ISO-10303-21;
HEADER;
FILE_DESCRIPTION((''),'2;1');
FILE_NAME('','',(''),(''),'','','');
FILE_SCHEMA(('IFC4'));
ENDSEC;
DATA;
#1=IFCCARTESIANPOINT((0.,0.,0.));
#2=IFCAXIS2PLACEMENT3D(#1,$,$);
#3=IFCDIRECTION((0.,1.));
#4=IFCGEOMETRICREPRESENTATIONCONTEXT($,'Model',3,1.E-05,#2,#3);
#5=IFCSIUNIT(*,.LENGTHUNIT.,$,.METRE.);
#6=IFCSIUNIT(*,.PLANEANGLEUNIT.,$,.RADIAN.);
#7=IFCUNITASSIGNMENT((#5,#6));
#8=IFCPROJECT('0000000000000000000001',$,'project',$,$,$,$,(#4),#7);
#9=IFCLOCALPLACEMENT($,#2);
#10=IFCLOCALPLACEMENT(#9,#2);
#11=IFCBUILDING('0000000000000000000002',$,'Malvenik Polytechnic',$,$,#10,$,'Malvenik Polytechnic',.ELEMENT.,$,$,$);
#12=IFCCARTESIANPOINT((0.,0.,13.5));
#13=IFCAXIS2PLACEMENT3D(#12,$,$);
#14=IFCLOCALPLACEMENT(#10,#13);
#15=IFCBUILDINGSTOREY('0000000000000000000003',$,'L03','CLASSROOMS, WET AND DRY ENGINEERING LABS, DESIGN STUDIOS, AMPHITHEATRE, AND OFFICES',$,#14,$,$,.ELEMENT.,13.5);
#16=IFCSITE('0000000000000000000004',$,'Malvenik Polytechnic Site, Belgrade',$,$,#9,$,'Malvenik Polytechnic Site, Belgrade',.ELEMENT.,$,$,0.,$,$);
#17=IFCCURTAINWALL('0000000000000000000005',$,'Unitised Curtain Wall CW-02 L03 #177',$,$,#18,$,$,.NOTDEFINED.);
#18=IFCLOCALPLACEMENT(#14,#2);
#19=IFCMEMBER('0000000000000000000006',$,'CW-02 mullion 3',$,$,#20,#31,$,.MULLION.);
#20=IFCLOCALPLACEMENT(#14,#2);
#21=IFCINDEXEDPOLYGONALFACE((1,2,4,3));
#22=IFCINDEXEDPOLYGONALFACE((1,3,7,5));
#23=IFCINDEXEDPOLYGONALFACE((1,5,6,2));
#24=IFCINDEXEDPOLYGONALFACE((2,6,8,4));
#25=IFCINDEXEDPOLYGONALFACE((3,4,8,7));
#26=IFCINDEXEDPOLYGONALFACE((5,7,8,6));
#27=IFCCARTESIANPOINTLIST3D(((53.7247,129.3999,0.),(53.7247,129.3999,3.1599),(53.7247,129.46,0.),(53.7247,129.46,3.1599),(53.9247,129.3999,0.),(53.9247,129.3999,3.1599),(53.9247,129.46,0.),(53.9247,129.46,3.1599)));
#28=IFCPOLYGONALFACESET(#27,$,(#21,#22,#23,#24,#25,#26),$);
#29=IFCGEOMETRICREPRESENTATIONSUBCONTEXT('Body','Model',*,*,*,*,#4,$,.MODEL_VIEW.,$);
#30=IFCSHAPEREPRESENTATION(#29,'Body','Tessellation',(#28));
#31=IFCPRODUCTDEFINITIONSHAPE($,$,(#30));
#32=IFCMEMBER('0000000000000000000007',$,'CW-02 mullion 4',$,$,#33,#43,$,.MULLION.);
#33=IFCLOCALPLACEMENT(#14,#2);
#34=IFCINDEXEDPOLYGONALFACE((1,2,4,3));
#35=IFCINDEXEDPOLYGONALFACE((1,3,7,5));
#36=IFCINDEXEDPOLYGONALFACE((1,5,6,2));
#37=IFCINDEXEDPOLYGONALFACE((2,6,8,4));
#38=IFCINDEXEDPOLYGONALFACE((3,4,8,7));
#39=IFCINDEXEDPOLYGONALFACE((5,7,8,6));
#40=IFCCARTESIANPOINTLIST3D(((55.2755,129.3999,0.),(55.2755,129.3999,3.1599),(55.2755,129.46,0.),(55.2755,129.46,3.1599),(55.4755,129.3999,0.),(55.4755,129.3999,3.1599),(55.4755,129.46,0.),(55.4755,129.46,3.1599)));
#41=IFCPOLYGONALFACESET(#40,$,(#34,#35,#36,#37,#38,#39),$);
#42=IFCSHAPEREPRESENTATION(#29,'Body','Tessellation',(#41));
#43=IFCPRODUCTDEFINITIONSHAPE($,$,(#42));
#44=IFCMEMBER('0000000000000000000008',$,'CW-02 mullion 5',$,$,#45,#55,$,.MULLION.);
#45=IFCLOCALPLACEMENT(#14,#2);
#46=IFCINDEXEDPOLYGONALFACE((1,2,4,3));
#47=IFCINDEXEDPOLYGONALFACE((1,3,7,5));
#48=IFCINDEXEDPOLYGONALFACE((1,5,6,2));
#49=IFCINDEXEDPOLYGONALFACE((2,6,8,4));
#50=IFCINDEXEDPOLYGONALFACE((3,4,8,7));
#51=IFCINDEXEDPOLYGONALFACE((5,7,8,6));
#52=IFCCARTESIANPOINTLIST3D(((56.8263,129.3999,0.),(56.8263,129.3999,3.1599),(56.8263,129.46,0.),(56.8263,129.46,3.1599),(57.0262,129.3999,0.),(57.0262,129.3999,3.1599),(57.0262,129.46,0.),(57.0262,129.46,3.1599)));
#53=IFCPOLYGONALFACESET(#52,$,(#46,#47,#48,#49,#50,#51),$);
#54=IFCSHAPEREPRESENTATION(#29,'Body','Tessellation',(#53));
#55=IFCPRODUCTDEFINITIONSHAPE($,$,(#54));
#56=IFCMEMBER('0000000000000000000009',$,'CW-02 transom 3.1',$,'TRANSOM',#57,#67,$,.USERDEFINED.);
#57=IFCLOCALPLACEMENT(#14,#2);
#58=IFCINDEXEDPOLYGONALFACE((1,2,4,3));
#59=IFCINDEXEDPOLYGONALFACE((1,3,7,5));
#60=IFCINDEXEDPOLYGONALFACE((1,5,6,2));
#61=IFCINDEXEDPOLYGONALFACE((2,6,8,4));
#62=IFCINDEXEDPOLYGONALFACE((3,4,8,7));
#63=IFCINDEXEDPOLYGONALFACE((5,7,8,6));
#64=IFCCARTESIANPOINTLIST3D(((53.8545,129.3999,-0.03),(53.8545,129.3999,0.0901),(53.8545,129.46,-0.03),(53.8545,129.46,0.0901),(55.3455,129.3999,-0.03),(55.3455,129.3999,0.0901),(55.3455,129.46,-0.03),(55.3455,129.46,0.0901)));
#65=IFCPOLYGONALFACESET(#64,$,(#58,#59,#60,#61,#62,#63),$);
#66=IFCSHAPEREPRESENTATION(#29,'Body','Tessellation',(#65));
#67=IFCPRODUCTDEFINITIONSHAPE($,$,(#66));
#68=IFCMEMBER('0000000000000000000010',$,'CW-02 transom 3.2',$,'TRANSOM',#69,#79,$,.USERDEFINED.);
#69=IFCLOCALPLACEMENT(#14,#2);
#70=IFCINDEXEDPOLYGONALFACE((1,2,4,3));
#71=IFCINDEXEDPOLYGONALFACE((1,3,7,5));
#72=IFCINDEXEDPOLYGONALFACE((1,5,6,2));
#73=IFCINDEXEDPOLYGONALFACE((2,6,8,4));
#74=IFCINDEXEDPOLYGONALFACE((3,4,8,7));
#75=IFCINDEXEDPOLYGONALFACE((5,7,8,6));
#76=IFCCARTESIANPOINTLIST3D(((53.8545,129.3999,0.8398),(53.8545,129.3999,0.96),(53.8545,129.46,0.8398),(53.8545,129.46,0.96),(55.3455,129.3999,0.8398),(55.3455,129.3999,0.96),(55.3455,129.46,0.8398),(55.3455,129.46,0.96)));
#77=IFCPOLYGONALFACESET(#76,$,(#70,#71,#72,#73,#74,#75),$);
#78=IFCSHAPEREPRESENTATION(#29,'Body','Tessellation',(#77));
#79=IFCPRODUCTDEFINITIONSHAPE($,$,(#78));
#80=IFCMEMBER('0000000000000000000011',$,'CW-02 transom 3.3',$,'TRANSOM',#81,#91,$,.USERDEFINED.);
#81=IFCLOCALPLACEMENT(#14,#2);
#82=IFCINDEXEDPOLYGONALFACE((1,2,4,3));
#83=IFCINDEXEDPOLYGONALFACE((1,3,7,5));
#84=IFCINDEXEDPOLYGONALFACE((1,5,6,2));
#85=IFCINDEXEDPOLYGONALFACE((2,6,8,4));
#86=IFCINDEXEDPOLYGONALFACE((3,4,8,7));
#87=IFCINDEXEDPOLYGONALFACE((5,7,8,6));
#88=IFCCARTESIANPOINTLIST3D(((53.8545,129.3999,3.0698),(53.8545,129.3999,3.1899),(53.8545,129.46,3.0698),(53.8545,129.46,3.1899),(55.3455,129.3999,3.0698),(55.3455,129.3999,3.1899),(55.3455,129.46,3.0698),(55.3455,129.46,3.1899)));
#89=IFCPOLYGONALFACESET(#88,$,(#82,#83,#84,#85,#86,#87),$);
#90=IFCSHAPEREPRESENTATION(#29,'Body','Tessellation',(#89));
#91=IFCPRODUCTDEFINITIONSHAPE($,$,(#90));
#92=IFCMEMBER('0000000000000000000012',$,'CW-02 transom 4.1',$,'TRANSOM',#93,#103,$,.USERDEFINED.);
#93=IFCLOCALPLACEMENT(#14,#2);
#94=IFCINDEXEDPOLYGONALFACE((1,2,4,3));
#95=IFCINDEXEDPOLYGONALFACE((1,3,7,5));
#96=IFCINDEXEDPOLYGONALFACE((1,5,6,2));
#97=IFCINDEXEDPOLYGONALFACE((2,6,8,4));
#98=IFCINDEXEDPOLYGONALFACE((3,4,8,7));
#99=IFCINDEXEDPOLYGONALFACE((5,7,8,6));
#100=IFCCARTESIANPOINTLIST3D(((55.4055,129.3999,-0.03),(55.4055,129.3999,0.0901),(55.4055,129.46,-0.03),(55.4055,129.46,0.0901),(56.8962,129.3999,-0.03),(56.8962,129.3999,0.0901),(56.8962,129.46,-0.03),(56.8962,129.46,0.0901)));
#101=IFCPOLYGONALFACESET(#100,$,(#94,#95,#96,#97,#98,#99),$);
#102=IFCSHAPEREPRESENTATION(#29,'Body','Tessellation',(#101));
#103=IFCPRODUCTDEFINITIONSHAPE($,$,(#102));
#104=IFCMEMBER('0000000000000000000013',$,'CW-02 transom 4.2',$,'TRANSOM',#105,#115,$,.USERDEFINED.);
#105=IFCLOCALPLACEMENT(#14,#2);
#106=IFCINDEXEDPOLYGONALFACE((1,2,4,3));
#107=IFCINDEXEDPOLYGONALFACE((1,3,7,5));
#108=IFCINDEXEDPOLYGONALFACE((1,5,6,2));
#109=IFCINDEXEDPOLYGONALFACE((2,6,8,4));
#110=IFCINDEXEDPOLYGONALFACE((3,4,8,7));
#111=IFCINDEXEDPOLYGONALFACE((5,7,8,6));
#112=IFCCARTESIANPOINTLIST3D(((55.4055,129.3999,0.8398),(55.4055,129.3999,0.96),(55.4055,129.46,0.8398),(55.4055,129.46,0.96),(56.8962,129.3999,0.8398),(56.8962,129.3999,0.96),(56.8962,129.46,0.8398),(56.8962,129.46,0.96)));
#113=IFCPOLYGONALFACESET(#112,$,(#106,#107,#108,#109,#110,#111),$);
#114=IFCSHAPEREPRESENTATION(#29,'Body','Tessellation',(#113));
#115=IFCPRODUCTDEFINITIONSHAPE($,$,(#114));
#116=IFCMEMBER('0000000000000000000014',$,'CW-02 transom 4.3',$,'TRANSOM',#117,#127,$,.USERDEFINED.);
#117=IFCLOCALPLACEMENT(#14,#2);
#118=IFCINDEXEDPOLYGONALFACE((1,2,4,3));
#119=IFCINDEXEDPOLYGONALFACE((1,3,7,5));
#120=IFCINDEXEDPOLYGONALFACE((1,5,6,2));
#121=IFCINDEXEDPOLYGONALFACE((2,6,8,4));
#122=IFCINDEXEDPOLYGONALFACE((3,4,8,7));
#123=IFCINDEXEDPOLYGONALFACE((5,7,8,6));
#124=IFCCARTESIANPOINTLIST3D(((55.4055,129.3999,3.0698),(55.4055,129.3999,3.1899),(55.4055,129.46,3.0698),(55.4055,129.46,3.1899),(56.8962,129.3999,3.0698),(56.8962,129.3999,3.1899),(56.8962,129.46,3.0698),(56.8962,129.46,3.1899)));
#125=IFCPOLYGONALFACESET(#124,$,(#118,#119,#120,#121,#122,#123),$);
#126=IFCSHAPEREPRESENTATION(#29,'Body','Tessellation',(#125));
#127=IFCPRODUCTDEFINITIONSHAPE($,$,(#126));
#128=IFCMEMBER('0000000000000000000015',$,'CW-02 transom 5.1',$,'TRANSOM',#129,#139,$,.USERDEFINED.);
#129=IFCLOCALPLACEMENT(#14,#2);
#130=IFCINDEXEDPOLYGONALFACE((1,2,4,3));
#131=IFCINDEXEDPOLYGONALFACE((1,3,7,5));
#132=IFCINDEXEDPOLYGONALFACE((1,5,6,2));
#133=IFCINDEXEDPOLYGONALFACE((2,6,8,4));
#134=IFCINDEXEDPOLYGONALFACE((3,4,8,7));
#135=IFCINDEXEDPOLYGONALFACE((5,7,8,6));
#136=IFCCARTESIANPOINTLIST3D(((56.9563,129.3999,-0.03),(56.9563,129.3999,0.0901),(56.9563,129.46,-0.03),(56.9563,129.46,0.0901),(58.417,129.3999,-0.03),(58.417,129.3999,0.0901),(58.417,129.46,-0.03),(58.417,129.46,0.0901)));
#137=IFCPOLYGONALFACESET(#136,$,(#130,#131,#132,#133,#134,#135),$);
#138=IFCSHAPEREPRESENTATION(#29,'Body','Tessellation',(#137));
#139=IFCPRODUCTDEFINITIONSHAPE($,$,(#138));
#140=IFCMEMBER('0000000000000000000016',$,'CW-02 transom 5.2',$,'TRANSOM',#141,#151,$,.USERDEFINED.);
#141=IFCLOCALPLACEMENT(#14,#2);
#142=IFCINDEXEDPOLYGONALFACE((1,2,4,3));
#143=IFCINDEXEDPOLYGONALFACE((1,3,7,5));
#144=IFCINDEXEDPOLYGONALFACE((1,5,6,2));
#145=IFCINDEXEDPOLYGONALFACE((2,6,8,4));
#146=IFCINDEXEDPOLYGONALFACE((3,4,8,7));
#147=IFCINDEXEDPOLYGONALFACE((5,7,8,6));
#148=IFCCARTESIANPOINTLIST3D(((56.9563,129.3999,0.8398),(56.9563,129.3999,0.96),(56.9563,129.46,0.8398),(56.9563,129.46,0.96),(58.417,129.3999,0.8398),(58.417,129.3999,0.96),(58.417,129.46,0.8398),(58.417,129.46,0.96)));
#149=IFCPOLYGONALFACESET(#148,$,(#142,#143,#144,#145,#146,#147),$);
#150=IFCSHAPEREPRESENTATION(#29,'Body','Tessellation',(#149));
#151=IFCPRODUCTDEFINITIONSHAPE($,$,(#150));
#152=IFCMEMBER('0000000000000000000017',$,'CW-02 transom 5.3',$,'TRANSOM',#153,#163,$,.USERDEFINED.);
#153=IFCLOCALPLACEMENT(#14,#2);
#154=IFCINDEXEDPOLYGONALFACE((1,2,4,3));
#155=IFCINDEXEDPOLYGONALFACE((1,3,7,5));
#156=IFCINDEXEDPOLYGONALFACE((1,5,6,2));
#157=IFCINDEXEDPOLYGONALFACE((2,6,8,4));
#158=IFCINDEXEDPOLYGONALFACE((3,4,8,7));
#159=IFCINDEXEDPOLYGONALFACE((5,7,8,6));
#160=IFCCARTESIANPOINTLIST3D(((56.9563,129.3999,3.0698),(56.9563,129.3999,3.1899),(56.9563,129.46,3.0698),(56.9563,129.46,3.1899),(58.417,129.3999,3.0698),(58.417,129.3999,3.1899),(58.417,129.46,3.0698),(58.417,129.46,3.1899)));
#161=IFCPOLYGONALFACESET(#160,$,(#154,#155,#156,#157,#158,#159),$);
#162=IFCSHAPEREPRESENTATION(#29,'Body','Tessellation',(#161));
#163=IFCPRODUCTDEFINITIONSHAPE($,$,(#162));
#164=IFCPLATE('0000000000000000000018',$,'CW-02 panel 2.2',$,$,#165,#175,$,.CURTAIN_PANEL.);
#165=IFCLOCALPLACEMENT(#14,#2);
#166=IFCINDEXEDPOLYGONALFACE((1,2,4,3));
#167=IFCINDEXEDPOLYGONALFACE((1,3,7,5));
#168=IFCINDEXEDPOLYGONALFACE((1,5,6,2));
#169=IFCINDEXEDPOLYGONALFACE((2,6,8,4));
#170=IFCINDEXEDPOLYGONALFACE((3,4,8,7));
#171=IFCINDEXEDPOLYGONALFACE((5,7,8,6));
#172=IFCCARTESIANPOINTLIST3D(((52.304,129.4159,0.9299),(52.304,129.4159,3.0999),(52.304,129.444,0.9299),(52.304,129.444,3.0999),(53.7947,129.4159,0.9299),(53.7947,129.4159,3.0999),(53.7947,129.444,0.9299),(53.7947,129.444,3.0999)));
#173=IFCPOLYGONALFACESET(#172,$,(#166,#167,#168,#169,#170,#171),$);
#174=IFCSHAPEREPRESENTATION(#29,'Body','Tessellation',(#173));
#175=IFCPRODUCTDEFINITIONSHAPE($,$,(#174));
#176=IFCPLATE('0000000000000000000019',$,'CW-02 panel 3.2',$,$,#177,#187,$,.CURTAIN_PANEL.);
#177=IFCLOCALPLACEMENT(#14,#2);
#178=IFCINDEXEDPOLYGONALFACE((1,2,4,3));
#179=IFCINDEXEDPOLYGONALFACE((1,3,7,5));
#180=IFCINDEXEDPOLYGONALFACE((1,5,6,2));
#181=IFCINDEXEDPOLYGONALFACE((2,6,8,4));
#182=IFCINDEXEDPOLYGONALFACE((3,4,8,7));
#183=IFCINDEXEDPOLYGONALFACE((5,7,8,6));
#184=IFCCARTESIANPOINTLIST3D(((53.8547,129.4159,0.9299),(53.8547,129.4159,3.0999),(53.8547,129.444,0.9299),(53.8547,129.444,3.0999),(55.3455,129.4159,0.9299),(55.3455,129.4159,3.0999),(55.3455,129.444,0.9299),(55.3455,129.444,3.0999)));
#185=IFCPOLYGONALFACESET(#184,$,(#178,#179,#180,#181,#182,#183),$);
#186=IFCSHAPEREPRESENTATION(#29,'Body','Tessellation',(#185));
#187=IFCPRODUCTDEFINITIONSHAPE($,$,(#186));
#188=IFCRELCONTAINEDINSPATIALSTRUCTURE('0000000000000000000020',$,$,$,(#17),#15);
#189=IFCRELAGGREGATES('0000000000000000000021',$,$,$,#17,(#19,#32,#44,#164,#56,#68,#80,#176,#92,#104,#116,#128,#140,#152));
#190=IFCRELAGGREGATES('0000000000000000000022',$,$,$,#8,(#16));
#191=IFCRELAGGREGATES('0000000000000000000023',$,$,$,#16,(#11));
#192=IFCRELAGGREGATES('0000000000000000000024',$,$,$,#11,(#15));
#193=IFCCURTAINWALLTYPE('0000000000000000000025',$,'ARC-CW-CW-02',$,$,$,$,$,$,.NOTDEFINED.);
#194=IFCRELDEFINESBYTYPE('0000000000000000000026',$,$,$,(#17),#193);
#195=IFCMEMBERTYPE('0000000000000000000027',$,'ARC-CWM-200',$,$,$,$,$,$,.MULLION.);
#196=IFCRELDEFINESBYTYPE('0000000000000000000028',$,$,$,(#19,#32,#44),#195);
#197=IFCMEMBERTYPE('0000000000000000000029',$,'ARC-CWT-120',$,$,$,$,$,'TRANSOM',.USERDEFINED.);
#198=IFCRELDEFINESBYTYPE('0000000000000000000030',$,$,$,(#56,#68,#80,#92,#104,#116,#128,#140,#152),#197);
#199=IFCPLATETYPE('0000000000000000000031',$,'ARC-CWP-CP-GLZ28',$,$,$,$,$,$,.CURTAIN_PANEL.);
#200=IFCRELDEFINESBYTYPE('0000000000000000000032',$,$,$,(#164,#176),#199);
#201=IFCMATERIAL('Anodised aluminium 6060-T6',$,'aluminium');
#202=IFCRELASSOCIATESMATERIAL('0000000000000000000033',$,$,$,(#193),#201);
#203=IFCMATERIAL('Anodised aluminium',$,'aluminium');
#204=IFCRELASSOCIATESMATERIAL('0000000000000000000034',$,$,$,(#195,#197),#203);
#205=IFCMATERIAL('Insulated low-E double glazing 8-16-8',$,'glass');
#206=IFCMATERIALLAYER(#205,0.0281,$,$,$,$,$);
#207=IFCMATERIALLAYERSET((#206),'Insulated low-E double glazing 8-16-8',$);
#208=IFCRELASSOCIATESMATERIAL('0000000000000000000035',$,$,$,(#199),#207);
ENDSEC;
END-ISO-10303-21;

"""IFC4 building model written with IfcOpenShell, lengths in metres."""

from ifc_helpers import new_model, si_unit, direction, frame, origin, origin_2d, place, context, subcontext, project, spatial, rectangle, extrude, material, layer, layer_set, material_profile, profile_set, type_object, element, aggregate, save


model = new_model("IFC4")

# Units and contexts
model_context = context("Model", 3, precision=1e-05, world=origin(), true_north=direction((0.0, 1.0)))
body_context = subcontext(model_context, "Body", "Model", "MODEL_VIEW")
ifc_project = project(units=[si_unit("LENGTHUNIT", "METRE"), si_unit("PLANEANGLEUNIT", "RADIAN")], contexts=[model_context])

# Site, building, storey
site_placement = place(None, origin())
site = spatial("IfcSite", under=ifc_project, at=site_placement, Name="Malvenik Polytechnic Site, Belgrade", LongName="Malvenik Polytechnic Site, Belgrade", CompositionType="ELEMENT", RefElevation=0.0)
building_placement = place(site_placement, origin())
building = spatial("IfcBuilding", under=site, at=building_placement, Name="Malvenik Polytechnic", LongName="Malvenik Polytechnic", CompositionType="ELEMENT")
storey_placement = place(building_placement, frame((0.0, 0.0, 13.5)))
storey = spatial("IfcBuildingStorey", under=building, at=storey_placement, Name="L03", Description="CLASSROOMS, WET AND DRY ENGINEERING LABS, DESIGN STUDIOS, AMPHITHEATRE, AND OFFICES", CompositionType="ELEMENT", Elevation=13.5)

# Curtain wall, members, plates
ifc_material_1 = material(Name="Anodised aluminium 6060-T6", Category="aluminium")
curtain_wall_type = type_object("IfcCurtainWallType", Name="ARC-CW-CW-02", PredefinedType="NOTDEFINED", material=ifc_material_1)
curtain_wall_placement = place(storey_placement, origin())
curtain_wall = element("IfcCurtainWall", 1, at=curtain_wall_placement, inside=storey, type_object=curtain_wall_type, Name="Unitised Curtain Wall CW-02 L03 #177", PredefinedType="NOTDEFINED")
ifc_material_2 = material(Name="Anodised aluminium", Category="aluminium")
ifc_material_profile_1 = material_profile(ifc_material_2, rectangle(XDim=0.0601, YDim=0.2, at=origin_2d()), Name="ALU MULLION 60x200")
ifc_profile_set_1 = profile_set([ifc_material_profile_1], Name="Anodised aluminium")
member_type_1 = type_object("IfcMemberType", Name="ARC-CWM-200", PredefinedType="MULLION", material=ifc_profile_set_1)
member_1_placement = place(storey_placement, frame((53.8247, 129.4299, 0.0), z_axis=(0.0, 0.0, 1.0), x_axis=(0.0, 1.0, 0.0)))
member_1 = element("IfcMember", 2, at=member_1_placement, type_object=member_type_1, Name="CW-02 mullion 3", PredefinedType="MULLION", context=body_context, shape_type="SweptSolid", body=[
    extrude(rectangle(XDim=0.0601, YDim=0.2, at=origin_2d()), origin(), (0.0, 0.0, 1.0), 3.1599),
])
member_2_placement = place(storey_placement, frame((55.3755, 129.4299, 0.0), z_axis=(0.0, 0.0, 1.0), x_axis=(0.0, 1.0, 0.0)))
member_2 = element("IfcMember", 3, at=member_2_placement, type_object=member_type_1, Name="CW-02 mullion 4", PredefinedType="MULLION", context=body_context, shape_type="SweptSolid", body=[
    extrude(rectangle(XDim=0.0601, YDim=0.2, at=origin_2d()), origin(), (0.0, 0.0, 1.0), 3.1599),
])
member_3_placement = place(storey_placement, frame((56.9263, 129.4299, 0.0), z_axis=(0.0, 0.0, 1.0), x_axis=(0.0, 1.0, 0.0)))
member_3 = element("IfcMember", 4, at=member_3_placement, type_object=member_type_1, Name="CW-02 mullion 5", PredefinedType="MULLION", context=body_context, shape_type="SweptSolid", body=[
    extrude(rectangle(XDim=0.0601, YDim=0.2, at=origin_2d()), origin(), (0.0, 0.0, 1.0), 3.1599),
])
ifc_material_profile_2 = material_profile(ifc_material_2, rectangle(XDim=0.0601, YDim=0.1201, at=origin_2d()), Name="ALU TRANSOM 60x120")
ifc_profile_set_2 = profile_set([ifc_material_profile_2], Name="Anodised aluminium")
member_type_2 = type_object("IfcMemberType", Name="ARC-CWT-120", ElementType="TRANSOM", PredefinedType="USERDEFINED", material=ifc_profile_set_2)
member_4_placement = place(storey_placement, frame((53.8545, 129.4299, 0.03), z_axis=(1.0, 0.0, 0.0), x_axis=(0.0, 1.0, 0.0)))
member_4 = element("IfcMember", 5, at=member_4_placement, type_object=member_type_2, Name="CW-02 transom 3.1", ObjectType="TRANSOM", PredefinedType="USERDEFINED", context=body_context, shape_type="SweptSolid", body=[
    extrude(rectangle(XDim=0.0601, YDim=0.1201, at=origin_2d()), origin(), (0.0, 0.0, 1.0), 1.491),
])
member_5_placement = place(storey_placement, frame((53.8545, 129.4299, 0.8999), z_axis=(1.0, 0.0, 0.0), x_axis=(0.0, 1.0, 0.0)))
member_5 = element("IfcMember", 6, at=member_5_placement, type_object=member_type_2, Name="CW-02 transom 3.2", ObjectType="TRANSOM", PredefinedType="USERDEFINED", context=body_context, shape_type="SweptSolid", body=[
    extrude(rectangle(XDim=0.0601, YDim=0.1201, at=origin_2d()), origin(), (0.0, 0.0, 1.0), 1.491),
])
member_6_placement = place(storey_placement, frame((53.8545, 129.4299, 3.1299), z_axis=(1.0, 0.0, 0.0), x_axis=(0.0, 1.0, 0.0)))
member_6 = element("IfcMember", 7, at=member_6_placement, type_object=member_type_2, Name="CW-02 transom 3.3", ObjectType="TRANSOM", PredefinedType="USERDEFINED", context=body_context, shape_type="SweptSolid", body=[
    extrude(rectangle(XDim=0.0601, YDim=0.1201, at=origin_2d()), origin(), (0.0, 0.0, 1.0), 1.491),
])
member_7_placement = place(storey_placement, frame((55.4055, 129.4299, 0.03), z_axis=(1.0, 0.0, 0.0), x_axis=(0.0, 1.0, 0.0)))
member_7 = element("IfcMember", 8, at=member_7_placement, type_object=member_type_2, Name="CW-02 transom 4.1", ObjectType="TRANSOM", PredefinedType="USERDEFINED", context=body_context, shape_type="SweptSolid", body=[
    extrude(rectangle(XDim=0.0601, YDim=0.1201, at=origin_2d()), origin(), (0.0, 0.0, 1.0), 1.4907),
])
member_8_placement = place(storey_placement, frame((55.4055, 129.4299, 0.8999), z_axis=(1.0, 0.0, 0.0), x_axis=(0.0, 1.0, 0.0)))
member_8 = element("IfcMember", 9, at=member_8_placement, type_object=member_type_2, Name="CW-02 transom 4.2", ObjectType="TRANSOM", PredefinedType="USERDEFINED", context=body_context, shape_type="SweptSolid", body=[
    extrude(rectangle(XDim=0.0601, YDim=0.1201, at=origin_2d()), origin(), (0.0, 0.0, 1.0), 1.4907),
])
member_9_placement = place(storey_placement, frame((55.4055, 129.4299, 3.1299), z_axis=(1.0, 0.0, 0.0), x_axis=(0.0, 1.0, 0.0)))
member_9 = element("IfcMember", 10, at=member_9_placement, type_object=member_type_2, Name="CW-02 transom 4.3", ObjectType="TRANSOM", PredefinedType="USERDEFINED", context=body_context, shape_type="SweptSolid", body=[
    extrude(rectangle(XDim=0.0601, YDim=0.1201, at=origin_2d()), origin(), (0.0, 0.0, 1.0), 1.4907),
])
member_10_placement = place(storey_placement, frame((56.9563, 129.4299, 0.03), z_axis=(1.0, 0.0, 0.0), x_axis=(0.0, 1.0, 0.0)))
member_10 = element("IfcMember", 11, at=member_10_placement, type_object=member_type_2, Name="CW-02 transom 5.1", ObjectType="TRANSOM", PredefinedType="USERDEFINED", context=body_context, shape_type="SweptSolid", body=[
    extrude(rectangle(XDim=0.0601, YDim=0.1201, at=origin_2d()), origin(), (0.0, 0.0, 1.0), 1.4607),
])
member_11_placement = place(storey_placement, frame((56.9563, 129.4299, 0.8999), z_axis=(1.0, 0.0, 0.0), x_axis=(0.0, 1.0, 0.0)))
member_11 = element("IfcMember", 12, at=member_11_placement, type_object=member_type_2, Name="CW-02 transom 5.2", ObjectType="TRANSOM", PredefinedType="USERDEFINED", context=body_context, shape_type="SweptSolid", body=[
    extrude(rectangle(XDim=0.0601, YDim=0.1201, at=origin_2d()), origin(), (0.0, 0.0, 1.0), 1.4607),
])
member_12_placement = place(storey_placement, frame((56.9563, 129.4299, 3.1299), z_axis=(1.0, 0.0, 0.0), x_axis=(0.0, 1.0, 0.0)))
member_12 = element("IfcMember", 13, at=member_12_placement, type_object=member_type_2, Name="CW-02 transom 5.3", ObjectType="TRANSOM", PredefinedType="USERDEFINED", context=body_context, shape_type="SweptSolid", body=[
    extrude(rectangle(XDim=0.0601, YDim=0.1201, at=origin_2d()), origin(), (0.0, 0.0, 1.0), 1.4607),
])
ifc_material_3 = material(Name="Insulated low-E double glazing 8-16-8", Category="glass")
ifc_layer_1 = layer(ifc_material_3, 0.0281)
ifc_layer_set_1 = layer_set([ifc_layer_1], Name="Insulated low-E double glazing 8-16-8")
plate_type_1 = type_object("IfcPlateType", Name="ARC-CWP-CP-GLZ28", PredefinedType="CURTAIN_PANEL", material=ifc_layer_set_1)
plate_1_placement = place(storey_placement, frame((53.0493, 129.4299, 0.9299), z_axis=(0.0, 0.0, 1.0), x_axis=(1.0, 0.0, 0.0)))
plate_1 = element("IfcPlate", 14, at=plate_1_placement, type_object=plate_type_1, Name="CW-02 panel 2.2", PredefinedType="CURTAIN_PANEL", context=body_context, shape_type="SweptSolid", body=[
    extrude(rectangle(XDim=1.4907, YDim=0.0281, at=origin_2d()), origin(), (0.0, 0.0, 1.0), 2.1699),
])
plate_2_placement = place(storey_placement, frame((54.6001, 129.4299, 0.9299), z_axis=(0.0, 0.0, 1.0), x_axis=(1.0, 0.0, 0.0)))
plate_2 = element("IfcPlate", 15, at=plate_2_placement, type_object=plate_type_1, Name="CW-02 panel 3.2", PredefinedType="CURTAIN_PANEL", context=body_context, shape_type="SweptSolid", body=[
    extrude(rectangle(XDim=1.4907, YDim=0.0281, at=origin_2d()), origin(), (0.0, 0.0, 1.0), 2.1699),
])
aggregate(curtain_wall, [member_1, member_2, member_3, plate_1, member_4, member_5, member_6, plate_2, member_7, member_8, member_9, member_10, member_11, member_12])

save(model, "model.ifc")
